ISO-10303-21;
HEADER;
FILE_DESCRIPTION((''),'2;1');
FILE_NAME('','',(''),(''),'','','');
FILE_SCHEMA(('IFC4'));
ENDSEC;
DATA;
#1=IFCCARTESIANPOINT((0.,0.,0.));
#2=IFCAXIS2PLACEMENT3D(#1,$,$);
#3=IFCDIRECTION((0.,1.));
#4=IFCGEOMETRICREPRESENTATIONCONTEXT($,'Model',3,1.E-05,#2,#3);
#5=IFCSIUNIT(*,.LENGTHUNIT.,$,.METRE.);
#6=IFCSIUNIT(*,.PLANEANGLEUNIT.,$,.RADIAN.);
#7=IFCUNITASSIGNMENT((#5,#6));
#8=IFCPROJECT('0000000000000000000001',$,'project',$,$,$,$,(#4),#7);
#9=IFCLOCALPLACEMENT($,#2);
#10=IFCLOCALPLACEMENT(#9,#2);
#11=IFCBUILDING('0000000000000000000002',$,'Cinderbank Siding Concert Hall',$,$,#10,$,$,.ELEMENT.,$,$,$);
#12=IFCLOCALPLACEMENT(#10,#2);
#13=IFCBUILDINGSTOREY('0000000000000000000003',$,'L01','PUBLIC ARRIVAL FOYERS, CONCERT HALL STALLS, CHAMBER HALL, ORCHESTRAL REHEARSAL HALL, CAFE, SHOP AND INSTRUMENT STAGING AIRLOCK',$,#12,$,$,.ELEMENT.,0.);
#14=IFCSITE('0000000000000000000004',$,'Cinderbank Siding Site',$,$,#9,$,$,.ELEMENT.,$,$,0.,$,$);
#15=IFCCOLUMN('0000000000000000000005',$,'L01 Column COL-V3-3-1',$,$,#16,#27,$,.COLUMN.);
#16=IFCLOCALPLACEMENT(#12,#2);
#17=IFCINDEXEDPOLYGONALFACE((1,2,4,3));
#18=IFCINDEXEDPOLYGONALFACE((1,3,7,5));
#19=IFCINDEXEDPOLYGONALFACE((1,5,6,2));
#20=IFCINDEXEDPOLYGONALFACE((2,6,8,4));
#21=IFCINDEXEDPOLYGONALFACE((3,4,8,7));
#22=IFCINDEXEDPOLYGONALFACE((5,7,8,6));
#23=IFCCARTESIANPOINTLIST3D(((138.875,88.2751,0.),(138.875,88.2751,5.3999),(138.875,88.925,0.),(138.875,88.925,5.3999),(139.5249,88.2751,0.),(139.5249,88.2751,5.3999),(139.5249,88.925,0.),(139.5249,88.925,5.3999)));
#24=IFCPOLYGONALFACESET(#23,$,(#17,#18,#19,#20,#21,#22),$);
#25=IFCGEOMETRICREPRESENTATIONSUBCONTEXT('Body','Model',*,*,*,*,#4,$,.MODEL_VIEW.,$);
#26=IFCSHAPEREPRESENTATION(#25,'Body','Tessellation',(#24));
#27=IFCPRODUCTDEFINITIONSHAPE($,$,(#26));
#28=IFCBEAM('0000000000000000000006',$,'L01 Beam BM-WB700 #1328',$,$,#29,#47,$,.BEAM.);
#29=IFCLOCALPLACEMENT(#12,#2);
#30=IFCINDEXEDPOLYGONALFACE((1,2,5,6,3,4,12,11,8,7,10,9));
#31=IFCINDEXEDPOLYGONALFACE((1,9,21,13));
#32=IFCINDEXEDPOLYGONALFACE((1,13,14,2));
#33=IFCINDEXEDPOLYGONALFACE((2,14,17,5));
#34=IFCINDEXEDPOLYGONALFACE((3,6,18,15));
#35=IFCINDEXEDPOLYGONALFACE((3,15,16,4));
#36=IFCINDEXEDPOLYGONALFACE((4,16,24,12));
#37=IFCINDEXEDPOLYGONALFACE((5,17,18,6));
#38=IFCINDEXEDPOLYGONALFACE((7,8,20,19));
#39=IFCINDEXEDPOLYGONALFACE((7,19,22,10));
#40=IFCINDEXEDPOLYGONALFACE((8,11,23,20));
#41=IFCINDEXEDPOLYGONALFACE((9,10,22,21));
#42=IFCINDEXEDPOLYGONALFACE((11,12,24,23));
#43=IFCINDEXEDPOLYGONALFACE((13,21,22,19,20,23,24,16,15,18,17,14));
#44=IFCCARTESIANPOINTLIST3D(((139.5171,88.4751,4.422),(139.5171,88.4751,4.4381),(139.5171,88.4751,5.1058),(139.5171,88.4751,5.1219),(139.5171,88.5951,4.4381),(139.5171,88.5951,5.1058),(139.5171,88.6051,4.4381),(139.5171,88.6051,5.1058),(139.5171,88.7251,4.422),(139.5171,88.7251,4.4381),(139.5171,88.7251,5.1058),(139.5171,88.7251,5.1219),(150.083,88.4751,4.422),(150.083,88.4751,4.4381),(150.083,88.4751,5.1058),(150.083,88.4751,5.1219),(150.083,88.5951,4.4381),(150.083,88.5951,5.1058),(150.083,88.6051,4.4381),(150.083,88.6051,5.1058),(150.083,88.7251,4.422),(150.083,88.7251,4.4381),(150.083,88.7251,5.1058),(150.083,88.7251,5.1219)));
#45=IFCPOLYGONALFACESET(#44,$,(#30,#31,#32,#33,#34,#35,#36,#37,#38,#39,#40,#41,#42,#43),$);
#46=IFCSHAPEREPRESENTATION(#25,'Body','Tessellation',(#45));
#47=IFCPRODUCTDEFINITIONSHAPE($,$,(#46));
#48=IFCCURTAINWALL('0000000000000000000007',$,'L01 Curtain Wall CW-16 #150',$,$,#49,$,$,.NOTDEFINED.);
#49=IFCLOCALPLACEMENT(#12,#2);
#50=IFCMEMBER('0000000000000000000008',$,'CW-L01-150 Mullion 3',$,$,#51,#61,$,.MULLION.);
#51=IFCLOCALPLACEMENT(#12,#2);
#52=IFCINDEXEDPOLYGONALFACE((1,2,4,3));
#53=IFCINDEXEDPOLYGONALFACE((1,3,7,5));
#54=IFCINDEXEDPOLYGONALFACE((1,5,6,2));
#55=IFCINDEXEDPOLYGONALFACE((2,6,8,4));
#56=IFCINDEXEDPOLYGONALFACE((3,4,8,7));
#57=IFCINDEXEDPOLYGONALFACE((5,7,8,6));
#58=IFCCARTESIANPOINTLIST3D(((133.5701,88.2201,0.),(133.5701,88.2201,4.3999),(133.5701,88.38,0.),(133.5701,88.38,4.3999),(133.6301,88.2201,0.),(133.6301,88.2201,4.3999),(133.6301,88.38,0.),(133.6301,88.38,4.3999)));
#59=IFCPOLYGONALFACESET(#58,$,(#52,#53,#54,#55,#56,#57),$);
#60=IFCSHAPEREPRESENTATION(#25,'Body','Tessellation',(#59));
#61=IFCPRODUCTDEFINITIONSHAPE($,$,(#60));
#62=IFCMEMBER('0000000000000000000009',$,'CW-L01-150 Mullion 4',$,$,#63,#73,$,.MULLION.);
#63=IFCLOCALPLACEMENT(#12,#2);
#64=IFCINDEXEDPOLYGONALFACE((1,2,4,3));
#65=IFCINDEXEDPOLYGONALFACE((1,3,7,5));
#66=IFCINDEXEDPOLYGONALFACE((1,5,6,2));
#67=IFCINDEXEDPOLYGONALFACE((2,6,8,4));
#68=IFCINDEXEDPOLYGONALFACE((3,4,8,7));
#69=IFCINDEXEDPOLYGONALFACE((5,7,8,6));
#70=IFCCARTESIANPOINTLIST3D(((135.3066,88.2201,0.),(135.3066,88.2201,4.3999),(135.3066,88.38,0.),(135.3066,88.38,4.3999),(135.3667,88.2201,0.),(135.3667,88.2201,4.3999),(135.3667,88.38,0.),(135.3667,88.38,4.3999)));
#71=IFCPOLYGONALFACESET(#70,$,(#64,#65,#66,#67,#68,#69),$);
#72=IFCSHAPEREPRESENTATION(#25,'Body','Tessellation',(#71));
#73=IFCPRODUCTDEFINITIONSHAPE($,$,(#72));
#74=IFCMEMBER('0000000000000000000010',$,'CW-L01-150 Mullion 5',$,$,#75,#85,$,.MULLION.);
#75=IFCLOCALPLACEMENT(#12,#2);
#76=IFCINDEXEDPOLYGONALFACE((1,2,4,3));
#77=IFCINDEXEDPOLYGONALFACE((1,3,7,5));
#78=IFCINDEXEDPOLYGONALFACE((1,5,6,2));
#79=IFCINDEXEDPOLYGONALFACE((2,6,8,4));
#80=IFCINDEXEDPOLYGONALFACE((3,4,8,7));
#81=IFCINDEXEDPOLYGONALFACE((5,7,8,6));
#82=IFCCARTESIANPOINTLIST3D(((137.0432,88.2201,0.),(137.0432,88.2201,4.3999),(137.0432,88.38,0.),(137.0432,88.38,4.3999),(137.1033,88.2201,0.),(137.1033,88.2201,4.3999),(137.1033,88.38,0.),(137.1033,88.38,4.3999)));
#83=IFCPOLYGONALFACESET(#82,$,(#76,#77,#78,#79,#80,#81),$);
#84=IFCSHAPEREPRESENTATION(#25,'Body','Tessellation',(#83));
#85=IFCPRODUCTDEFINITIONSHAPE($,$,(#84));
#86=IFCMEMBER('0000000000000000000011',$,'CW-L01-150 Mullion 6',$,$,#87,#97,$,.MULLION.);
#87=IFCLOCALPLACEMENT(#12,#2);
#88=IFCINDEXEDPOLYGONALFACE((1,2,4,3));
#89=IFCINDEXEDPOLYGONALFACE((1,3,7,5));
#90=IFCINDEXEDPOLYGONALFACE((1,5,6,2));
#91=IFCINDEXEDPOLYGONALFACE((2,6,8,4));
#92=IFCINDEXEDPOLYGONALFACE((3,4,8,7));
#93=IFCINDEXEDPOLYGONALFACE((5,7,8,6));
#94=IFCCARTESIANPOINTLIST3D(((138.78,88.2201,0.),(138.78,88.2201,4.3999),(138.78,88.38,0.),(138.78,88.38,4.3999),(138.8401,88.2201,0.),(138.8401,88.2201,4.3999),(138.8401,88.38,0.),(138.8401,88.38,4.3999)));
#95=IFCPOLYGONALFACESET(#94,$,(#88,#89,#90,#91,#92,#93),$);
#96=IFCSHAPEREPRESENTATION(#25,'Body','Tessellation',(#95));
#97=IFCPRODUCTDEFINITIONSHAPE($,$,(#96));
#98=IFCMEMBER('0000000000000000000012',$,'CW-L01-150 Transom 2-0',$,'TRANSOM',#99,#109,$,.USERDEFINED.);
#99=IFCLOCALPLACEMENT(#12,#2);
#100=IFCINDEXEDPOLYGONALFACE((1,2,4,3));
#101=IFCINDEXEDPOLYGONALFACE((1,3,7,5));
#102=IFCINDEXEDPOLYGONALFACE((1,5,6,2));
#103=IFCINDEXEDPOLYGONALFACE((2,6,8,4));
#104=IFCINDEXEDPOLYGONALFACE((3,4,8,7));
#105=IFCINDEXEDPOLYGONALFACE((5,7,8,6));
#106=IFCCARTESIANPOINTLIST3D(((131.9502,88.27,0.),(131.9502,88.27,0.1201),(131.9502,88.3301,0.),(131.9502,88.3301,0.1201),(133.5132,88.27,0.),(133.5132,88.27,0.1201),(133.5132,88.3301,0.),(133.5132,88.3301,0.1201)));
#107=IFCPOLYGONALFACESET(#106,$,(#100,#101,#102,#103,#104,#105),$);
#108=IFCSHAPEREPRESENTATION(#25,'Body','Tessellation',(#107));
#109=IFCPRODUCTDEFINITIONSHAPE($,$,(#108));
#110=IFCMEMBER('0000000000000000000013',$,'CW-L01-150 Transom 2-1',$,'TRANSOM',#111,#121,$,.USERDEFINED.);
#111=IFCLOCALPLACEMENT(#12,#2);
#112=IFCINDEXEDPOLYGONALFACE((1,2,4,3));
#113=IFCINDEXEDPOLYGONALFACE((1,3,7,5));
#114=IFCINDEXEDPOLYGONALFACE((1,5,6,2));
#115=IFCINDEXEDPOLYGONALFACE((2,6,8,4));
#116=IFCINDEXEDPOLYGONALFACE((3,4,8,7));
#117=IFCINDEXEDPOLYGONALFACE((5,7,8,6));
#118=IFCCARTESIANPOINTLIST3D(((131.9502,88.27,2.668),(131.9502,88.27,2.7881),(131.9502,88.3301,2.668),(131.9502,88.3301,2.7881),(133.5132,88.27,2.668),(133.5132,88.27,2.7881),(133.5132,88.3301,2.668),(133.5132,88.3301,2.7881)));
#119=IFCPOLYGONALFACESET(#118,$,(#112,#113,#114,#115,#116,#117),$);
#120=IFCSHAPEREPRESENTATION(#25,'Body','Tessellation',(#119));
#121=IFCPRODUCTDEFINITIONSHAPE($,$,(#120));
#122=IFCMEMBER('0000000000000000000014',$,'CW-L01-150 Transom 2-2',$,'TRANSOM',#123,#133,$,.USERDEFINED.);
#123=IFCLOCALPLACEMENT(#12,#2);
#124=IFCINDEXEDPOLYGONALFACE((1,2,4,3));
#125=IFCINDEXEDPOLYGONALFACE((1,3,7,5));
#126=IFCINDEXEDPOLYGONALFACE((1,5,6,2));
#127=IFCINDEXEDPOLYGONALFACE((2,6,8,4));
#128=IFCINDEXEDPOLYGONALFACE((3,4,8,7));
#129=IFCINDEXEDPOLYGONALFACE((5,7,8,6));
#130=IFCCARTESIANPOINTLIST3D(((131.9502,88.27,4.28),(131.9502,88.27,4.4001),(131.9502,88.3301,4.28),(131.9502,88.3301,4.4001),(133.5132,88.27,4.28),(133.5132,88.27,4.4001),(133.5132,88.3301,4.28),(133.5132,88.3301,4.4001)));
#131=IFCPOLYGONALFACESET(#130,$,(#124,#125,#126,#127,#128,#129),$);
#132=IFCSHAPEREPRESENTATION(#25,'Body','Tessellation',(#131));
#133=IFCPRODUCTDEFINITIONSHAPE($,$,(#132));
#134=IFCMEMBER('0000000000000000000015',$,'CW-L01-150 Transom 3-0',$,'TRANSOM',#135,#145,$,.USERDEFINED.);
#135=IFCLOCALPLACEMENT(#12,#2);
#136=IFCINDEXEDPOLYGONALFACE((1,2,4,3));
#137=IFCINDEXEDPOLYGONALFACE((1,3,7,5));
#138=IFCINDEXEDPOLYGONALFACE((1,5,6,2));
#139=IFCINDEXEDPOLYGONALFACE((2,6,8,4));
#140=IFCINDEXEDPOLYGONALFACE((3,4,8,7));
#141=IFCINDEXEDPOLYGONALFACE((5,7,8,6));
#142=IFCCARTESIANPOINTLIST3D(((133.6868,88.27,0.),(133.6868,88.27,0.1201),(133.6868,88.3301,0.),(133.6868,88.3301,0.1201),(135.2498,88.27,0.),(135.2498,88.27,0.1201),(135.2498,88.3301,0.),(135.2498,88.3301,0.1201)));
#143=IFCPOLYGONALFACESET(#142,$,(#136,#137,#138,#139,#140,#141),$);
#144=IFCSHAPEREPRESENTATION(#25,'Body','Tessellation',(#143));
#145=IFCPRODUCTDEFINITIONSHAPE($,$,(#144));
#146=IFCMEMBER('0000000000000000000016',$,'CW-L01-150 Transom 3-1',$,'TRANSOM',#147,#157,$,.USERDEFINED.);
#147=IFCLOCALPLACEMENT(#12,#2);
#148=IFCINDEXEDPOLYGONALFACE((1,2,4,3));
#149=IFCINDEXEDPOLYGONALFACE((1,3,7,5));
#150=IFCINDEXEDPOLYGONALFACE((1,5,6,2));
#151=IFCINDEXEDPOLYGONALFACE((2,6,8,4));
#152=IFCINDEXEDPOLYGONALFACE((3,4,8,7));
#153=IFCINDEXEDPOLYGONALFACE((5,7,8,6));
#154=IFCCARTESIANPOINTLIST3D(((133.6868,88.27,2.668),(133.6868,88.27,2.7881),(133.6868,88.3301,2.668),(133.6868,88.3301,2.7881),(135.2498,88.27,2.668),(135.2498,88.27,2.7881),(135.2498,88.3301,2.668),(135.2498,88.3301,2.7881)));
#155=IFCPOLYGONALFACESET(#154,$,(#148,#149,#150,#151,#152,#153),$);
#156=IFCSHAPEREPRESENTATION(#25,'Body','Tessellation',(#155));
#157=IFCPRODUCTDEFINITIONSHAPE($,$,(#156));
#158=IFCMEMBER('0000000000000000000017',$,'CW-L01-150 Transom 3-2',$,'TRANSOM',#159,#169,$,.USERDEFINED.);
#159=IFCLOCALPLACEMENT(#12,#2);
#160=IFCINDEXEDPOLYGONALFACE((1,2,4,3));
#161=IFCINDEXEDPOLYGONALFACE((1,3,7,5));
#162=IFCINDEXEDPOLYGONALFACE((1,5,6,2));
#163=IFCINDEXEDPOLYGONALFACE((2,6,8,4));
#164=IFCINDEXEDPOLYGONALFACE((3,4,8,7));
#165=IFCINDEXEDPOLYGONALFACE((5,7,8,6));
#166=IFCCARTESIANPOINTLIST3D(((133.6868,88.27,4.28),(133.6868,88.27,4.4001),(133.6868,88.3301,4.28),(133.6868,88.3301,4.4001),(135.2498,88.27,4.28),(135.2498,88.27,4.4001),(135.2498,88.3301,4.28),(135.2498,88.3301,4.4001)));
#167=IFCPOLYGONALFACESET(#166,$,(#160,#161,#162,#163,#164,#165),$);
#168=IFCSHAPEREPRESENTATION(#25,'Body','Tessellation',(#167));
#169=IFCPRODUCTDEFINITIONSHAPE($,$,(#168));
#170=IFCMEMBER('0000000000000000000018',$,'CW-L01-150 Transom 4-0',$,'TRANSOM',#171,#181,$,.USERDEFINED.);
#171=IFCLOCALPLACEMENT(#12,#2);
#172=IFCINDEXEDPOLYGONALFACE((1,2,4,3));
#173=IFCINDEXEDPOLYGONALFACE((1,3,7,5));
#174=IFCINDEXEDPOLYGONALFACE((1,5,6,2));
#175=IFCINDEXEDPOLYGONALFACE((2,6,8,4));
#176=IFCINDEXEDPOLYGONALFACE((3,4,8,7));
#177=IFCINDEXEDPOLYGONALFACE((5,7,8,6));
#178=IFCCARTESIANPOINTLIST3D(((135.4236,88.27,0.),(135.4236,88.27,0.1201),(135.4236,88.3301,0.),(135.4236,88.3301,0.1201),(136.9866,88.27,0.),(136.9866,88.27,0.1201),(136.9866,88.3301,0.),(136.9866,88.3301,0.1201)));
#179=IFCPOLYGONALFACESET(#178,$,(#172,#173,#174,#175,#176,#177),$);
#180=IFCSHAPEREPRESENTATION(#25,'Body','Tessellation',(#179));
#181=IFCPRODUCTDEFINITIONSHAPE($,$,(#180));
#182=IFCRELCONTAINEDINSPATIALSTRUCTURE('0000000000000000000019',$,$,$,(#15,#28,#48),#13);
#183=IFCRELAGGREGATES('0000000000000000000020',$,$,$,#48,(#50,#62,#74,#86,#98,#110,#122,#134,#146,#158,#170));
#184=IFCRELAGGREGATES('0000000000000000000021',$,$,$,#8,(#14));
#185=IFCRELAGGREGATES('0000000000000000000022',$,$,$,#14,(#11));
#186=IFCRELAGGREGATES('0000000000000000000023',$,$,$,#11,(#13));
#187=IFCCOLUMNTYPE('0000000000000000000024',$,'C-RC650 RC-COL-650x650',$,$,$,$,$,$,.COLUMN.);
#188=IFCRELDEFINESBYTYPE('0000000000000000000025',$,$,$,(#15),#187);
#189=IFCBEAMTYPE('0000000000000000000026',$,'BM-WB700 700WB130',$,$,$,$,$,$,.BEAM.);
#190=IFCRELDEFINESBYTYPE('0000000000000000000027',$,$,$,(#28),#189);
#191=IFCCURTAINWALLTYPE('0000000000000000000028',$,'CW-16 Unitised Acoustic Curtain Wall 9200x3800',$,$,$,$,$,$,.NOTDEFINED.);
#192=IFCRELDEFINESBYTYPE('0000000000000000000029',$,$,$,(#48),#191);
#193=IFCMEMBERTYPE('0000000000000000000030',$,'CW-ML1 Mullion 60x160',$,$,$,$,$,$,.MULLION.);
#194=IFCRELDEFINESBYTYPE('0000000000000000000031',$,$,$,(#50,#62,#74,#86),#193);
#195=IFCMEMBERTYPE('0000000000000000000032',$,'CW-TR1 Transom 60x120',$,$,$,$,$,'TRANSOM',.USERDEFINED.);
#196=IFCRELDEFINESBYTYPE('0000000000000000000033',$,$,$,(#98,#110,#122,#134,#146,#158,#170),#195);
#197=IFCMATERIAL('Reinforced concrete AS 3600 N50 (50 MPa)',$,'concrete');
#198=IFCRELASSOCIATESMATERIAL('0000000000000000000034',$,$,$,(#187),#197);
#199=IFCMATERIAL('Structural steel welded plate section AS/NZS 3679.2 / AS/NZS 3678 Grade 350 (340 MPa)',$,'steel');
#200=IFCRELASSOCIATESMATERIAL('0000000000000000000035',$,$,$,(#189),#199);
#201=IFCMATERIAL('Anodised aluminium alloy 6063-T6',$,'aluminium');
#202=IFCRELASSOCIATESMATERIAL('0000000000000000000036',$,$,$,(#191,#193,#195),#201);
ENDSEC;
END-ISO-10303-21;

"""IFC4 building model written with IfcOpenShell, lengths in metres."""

from ifc_helpers import new_model, si_unit, direction, frame, origin, origin_2d, place, context, subcontext, project, spatial, rectangle, i_section, extrude, material, material_profile, profile_set, type_object, element, aggregate, save


model = new_model("IFC4")

# Units and contexts
model_context = context("Model", 3, precision=1e-05, world=origin(), true_north=direction((0.0, 1.0)))
body_context = subcontext(model_context, "Body", "Model", "MODEL_VIEW")
ifc_project = project(units=[si_unit("LENGTHUNIT", "METRE"), si_unit("PLANEANGLEUNIT", "RADIAN")], contexts=[model_context])

# Site, building, storey
site_placement = place(None, origin())
site = spatial("IfcSite", under=ifc_project, at=site_placement, Name="Cinderbank Siding Site", CompositionType="ELEMENT", RefElevation=0.0)
building_placement = place(site_placement, origin())
building = spatial("IfcBuilding", under=site, at=building_placement, Name="Cinderbank Siding Concert Hall", CompositionType="ELEMENT")
storey_placement = place(building_placement, origin())
storey = spatial("IfcBuildingStorey", under=building, at=storey_placement, Name="L01", Description="PUBLIC ARRIVAL FOYERS, CONCERT HALL STALLS, CHAMBER HALL, ORCHESTRAL REHEARSAL HALL, CAFE, SHOP AND INSTRUMENT STAGING AIRLOCK", CompositionType="ELEMENT", Elevation=0.0)

# Column
ifc_material_1 = material(Name="Reinforced concrete AS 3600 N50 (50 MPa)", Category="concrete")
ifc_material_profile_1 = material_profile(ifc_material_1, rectangle(XDim=0.6499, YDim=0.6499, at=origin_2d()), Name="RC-COL-650x650", Category="LoadBearing")
ifc_profile_set_1 = profile_set([ifc_material_profile_1], Name="Reinforced concrete AS 3600 N50 (50 MPa)")
column_type = type_object("IfcColumnType", Name="C-RC650 RC-COL-650x650", PredefinedType="COLUMN", material=ifc_profile_set_1)
column_placement = place(storey_placement, frame((139.2, 88.6001, 0.0), z_axis=(0.0, 0.0, 1.0), x_axis=(1.0, 0.0, 0.0)))
element("IfcColumn", 1, at=column_placement, inside=storey, type_object=column_type, Name="L01 Column COL-V3-3-1", PredefinedType="COLUMN", context=body_context, shape_type="SweptSolid", body=[
    extrude(rectangle(XDim=0.6499, YDim=0.6499, at=origin_2d()), origin(), (0.0, 0.0, 1.0), 5.3999),
])

# Beam
ifc_material_2 = material(Name="Structural steel welded plate section AS/NZS 3679.2 / AS/NZS 3678 Grade 350 (340 MPa)", Category="steel")
ifc_material_profile_2 = material_profile(ifc_material_2, i_section(OverallWidth=0.25, OverallDepth=0.7, WebThickness=0.01, FlangeThickness=0.0161, at=origin_2d()), Name="700WB130", Category="LoadBearing")
ifc_profile_set_2 = profile_set([ifc_material_profile_2], Name="Structural steel welded plate section AS/NZS 3679.2 / AS/NZS 3678 Grade 350 (340 MPa)")
beam_type = type_object("IfcBeamType", Name="BM-WB700 700WB130", PredefinedType="BEAM", material=ifc_profile_set_2)
beam_placement = place(storey_placement, frame((139.5171, 88.6001, 4.772), z_axis=(1.0, 0.0, 0.0), x_axis=(0.0, 1.0, 0.0)))
element("IfcBeam", 2, at=beam_placement, inside=storey, type_object=beam_type, Name="L01 Beam BM-WB700 #1328", PredefinedType="BEAM", context=body_context, shape_type="SweptSolid", body=[
    extrude(i_section(OverallWidth=0.25, OverallDepth=0.7, WebThickness=0.01, FlangeThickness=0.0161, at=origin_2d()), origin(), (0.0, 0.0, 1.0), 10.5659),
])

# Curtain wall, members
ifc_material_3 = material(Name="Anodised aluminium alloy 6063-T6", Category="aluminium")
curtain_wall_type = type_object("IfcCurtainWallType", Name="CW-16 Unitised Acoustic Curtain Wall 9200x3800", PredefinedType="NOTDEFINED", material=ifc_material_3)
curtain_wall_placement = place(storey_placement, origin())
curtain_wall = element("IfcCurtainWall", 3, at=curtain_wall_placement, inside=storey, type_object=curtain_wall_type, Name="L01 Curtain Wall CW-16 #150", PredefinedType="NOTDEFINED")
ifc_material_profile_3 = material_profile(ifc_material_3, rectangle(XDim=0.0601, YDim=0.1599, at=origin_2d()), Name="ALU-MULL-60x160", Category="LoadBearing")
ifc_profile_set_3 = profile_set([ifc_material_profile_3], Name="Anodised aluminium alloy 6063-T6")
member_type_1 = type_object("IfcMemberType", Name="CW-ML1 Mullion 60x160", PredefinedType="MULLION", material=ifc_profile_set_3)
member_1_placement = place(storey_placement, frame((133.6001, 88.3, 0.0), z_axis=(0.0, 0.0, 1.0), x_axis=(1.0, 0.0, 0.0)))
member_1 = element("IfcMember", 4, at=member_1_placement, type_object=member_type_1, Name="CW-L01-150 Mullion 3", PredefinedType="MULLION", context=body_context, shape_type="SweptSolid", body=[
    extrude(rectangle(XDim=0.0601, YDim=0.1599, at=origin_2d()), origin(), (0.0, 0.0, 1.0), 4.3999),
])
member_2_placement = place(storey_placement, frame((135.3367, 88.3, 0.0), z_axis=(0.0, 0.0, 1.0), x_axis=(1.0, 0.0, 0.0)))
member_2 = element("IfcMember", 5, at=member_2_placement, type_object=member_type_1, Name="CW-L01-150 Mullion 4", PredefinedType="MULLION", context=body_context, shape_type="SweptSolid", body=[
    extrude(rectangle(XDim=0.0601, YDim=0.1599, at=origin_2d()), origin(), (0.0, 0.0, 1.0), 4.3999),
])
member_3_placement = place(storey_placement, frame((137.0732, 88.3, 0.0), z_axis=(0.0, 0.0, 1.0), x_axis=(1.0, 0.0, 0.0)))
member_3 = element("IfcMember", 6, at=member_3_placement, type_object=member_type_1, Name="CW-L01-150 Mullion 5", PredefinedType="MULLION", context=body_context, shape_type="SweptSolid", body=[
    extrude(rectangle(XDim=0.0601, YDim=0.1599, at=origin_2d()), origin(), (0.0, 0.0, 1.0), 4.3999),
])
member_4_placement = place(storey_placement, frame((138.8101, 88.3, 0.0), z_axis=(0.0, 0.0, 1.0), x_axis=(1.0, 0.0, 0.0)))
member_4 = element("IfcMember", 7, at=member_4_placement, type_object=member_type_1, Name="CW-L01-150 Mullion 6", PredefinedType="MULLION", context=body_context, shape_type="SweptSolid", body=[
    extrude(rectangle(XDim=0.0601, YDim=0.1599, at=origin_2d()), origin(), (0.0, 0.0, 1.0), 4.3999),
])
ifc_material_profile_4 = material_profile(ifc_material_3, rectangle(XDim=0.0601, YDim=0.1201, at=origin_2d()), Name="ALU-TRAN-60x120", Category="LoadBearing")
ifc_profile_set_4 = profile_set([ifc_material_profile_4], Name="Anodised aluminium alloy 6063-T6")
member_type_2 = type_object("IfcMemberType", Name="CW-TR1 Transom 60x120", ElementType="TRANSOM", PredefinedType="USERDEFINED", material=ifc_profile_set_4)
member_5_placement = place(storey_placement, frame((131.9502, 88.3, 0.0601), z_axis=(1.0, 0.0, 0.0), x_axis=(0.0, 1.0, 0.0)))
member_5 = element("IfcMember", 8, at=member_5_placement, type_object=member_type_2, Name="CW-L01-150 Transom 2-0", ObjectType="TRANSOM", PredefinedType="USERDEFINED", context=body_context, shape_type="SweptSolid", body=[
    extrude(rectangle(XDim=0.0601, YDim=0.1201, at=origin_2d()), origin(), (0.0, 0.0, 1.0), 1.563),
])
member_6_placement = place(storey_placement, frame((131.9502, 88.3, 2.728), z_axis=(1.0, 0.0, 0.0), x_axis=(0.0, 1.0, 0.0)))
member_6 = element("IfcMember", 9, at=member_6_placement, type_object=member_type_2, Name="CW-L01-150 Transom 2-1", ObjectType="TRANSOM", PredefinedType="USERDEFINED", context=body_context, shape_type="SweptSolid", body=[
    extrude(rectangle(XDim=0.0601, YDim=0.1201, at=origin_2d()), origin(), (0.0, 0.0, 1.0), 1.563),
])
member_7_placement = place(storey_placement, frame((131.9502, 88.3, 4.3401), z_axis=(1.0, 0.0, 0.0), x_axis=(0.0, 1.0, 0.0)))
member_7 = element("IfcMember", 10, at=member_7_placement, type_object=member_type_2, Name="CW-L01-150 Transom 2-2", ObjectType="TRANSOM", PredefinedType="USERDEFINED", context=body_context, shape_type="SweptSolid", body=[
    extrude(rectangle(XDim=0.0601, YDim=0.1201, at=origin_2d()), origin(), (0.0, 0.0, 1.0), 1.563),
])
member_8_placement = place(storey_placement, frame((133.6868, 88.3, 0.0601), z_axis=(1.0, 0.0, 0.0), x_axis=(0.0, 1.0, 0.0)))
member_8 = element("IfcMember", 11, at=member_8_placement, type_object=member_type_2, Name="CW-L01-150 Transom 3-0", ObjectType="TRANSOM", PredefinedType="USERDEFINED", context=body_context, shape_type="SweptSolid", body=[
    extrude(rectangle(XDim=0.0601, YDim=0.1201, at=origin_2d()), origin(), (0.0, 0.0, 1.0), 1.563),
])
member_9_placement = place(storey_placement, frame((133.6868, 88.3, 2.728), z_axis=(1.0, 0.0, 0.0), x_axis=(0.0, 1.0, 0.0)))
member_9 = element("IfcMember", 12, at=member_9_placement, type_object=member_type_2, Name="CW-L01-150 Transom 3-1", ObjectType="TRANSOM", PredefinedType="USERDEFINED", context=body_context, shape_type="SweptSolid", body=[
    extrude(rectangle(XDim=0.0601, YDim=0.1201, at=origin_2d()), origin(), (0.0, 0.0, 1.0), 1.563),
])
member_10_placement = place(storey_placement, frame((133.6868, 88.3, 4.3401), z_axis=(1.0, 0.0, 0.0), x_axis=(0.0, 1.0, 0.0)))
member_10 = element("IfcMember", 13, at=member_10_placement, type_object=member_type_2, Name="CW-L01-150 Transom 3-2", ObjectType="TRANSOM", PredefinedType="USERDEFINED", context=body_context, shape_type="SweptSolid", body=[
    extrude(rectangle(XDim=0.0601, YDim=0.1201, at=origin_2d()), origin(), (0.0, 0.0, 1.0), 1.563),
])
member_11_placement = place(storey_placement, frame((135.4236, 88.3, 0.0601), z_axis=(1.0, 0.0, 0.0), x_axis=(0.0, 1.0, 0.0)))
member_11 = element("IfcMember", 14, at=member_11_placement, type_object=member_type_2, Name="CW-L01-150 Transom 4-0", ObjectType="TRANSOM", PredefinedType="USERDEFINED", context=body_context, shape_type="SweptSolid", body=[
    extrude(rectangle(XDim=0.0601, YDim=0.1201, at=origin_2d()), origin(), (0.0, 0.0, 1.0), 1.563),
])
aggregate(curtain_wall, [member_1, member_2, member_3, member_4, member_5, member_6, member_7, member_8, member_9, member_10, member_11])

save(model, "model.ifc")
